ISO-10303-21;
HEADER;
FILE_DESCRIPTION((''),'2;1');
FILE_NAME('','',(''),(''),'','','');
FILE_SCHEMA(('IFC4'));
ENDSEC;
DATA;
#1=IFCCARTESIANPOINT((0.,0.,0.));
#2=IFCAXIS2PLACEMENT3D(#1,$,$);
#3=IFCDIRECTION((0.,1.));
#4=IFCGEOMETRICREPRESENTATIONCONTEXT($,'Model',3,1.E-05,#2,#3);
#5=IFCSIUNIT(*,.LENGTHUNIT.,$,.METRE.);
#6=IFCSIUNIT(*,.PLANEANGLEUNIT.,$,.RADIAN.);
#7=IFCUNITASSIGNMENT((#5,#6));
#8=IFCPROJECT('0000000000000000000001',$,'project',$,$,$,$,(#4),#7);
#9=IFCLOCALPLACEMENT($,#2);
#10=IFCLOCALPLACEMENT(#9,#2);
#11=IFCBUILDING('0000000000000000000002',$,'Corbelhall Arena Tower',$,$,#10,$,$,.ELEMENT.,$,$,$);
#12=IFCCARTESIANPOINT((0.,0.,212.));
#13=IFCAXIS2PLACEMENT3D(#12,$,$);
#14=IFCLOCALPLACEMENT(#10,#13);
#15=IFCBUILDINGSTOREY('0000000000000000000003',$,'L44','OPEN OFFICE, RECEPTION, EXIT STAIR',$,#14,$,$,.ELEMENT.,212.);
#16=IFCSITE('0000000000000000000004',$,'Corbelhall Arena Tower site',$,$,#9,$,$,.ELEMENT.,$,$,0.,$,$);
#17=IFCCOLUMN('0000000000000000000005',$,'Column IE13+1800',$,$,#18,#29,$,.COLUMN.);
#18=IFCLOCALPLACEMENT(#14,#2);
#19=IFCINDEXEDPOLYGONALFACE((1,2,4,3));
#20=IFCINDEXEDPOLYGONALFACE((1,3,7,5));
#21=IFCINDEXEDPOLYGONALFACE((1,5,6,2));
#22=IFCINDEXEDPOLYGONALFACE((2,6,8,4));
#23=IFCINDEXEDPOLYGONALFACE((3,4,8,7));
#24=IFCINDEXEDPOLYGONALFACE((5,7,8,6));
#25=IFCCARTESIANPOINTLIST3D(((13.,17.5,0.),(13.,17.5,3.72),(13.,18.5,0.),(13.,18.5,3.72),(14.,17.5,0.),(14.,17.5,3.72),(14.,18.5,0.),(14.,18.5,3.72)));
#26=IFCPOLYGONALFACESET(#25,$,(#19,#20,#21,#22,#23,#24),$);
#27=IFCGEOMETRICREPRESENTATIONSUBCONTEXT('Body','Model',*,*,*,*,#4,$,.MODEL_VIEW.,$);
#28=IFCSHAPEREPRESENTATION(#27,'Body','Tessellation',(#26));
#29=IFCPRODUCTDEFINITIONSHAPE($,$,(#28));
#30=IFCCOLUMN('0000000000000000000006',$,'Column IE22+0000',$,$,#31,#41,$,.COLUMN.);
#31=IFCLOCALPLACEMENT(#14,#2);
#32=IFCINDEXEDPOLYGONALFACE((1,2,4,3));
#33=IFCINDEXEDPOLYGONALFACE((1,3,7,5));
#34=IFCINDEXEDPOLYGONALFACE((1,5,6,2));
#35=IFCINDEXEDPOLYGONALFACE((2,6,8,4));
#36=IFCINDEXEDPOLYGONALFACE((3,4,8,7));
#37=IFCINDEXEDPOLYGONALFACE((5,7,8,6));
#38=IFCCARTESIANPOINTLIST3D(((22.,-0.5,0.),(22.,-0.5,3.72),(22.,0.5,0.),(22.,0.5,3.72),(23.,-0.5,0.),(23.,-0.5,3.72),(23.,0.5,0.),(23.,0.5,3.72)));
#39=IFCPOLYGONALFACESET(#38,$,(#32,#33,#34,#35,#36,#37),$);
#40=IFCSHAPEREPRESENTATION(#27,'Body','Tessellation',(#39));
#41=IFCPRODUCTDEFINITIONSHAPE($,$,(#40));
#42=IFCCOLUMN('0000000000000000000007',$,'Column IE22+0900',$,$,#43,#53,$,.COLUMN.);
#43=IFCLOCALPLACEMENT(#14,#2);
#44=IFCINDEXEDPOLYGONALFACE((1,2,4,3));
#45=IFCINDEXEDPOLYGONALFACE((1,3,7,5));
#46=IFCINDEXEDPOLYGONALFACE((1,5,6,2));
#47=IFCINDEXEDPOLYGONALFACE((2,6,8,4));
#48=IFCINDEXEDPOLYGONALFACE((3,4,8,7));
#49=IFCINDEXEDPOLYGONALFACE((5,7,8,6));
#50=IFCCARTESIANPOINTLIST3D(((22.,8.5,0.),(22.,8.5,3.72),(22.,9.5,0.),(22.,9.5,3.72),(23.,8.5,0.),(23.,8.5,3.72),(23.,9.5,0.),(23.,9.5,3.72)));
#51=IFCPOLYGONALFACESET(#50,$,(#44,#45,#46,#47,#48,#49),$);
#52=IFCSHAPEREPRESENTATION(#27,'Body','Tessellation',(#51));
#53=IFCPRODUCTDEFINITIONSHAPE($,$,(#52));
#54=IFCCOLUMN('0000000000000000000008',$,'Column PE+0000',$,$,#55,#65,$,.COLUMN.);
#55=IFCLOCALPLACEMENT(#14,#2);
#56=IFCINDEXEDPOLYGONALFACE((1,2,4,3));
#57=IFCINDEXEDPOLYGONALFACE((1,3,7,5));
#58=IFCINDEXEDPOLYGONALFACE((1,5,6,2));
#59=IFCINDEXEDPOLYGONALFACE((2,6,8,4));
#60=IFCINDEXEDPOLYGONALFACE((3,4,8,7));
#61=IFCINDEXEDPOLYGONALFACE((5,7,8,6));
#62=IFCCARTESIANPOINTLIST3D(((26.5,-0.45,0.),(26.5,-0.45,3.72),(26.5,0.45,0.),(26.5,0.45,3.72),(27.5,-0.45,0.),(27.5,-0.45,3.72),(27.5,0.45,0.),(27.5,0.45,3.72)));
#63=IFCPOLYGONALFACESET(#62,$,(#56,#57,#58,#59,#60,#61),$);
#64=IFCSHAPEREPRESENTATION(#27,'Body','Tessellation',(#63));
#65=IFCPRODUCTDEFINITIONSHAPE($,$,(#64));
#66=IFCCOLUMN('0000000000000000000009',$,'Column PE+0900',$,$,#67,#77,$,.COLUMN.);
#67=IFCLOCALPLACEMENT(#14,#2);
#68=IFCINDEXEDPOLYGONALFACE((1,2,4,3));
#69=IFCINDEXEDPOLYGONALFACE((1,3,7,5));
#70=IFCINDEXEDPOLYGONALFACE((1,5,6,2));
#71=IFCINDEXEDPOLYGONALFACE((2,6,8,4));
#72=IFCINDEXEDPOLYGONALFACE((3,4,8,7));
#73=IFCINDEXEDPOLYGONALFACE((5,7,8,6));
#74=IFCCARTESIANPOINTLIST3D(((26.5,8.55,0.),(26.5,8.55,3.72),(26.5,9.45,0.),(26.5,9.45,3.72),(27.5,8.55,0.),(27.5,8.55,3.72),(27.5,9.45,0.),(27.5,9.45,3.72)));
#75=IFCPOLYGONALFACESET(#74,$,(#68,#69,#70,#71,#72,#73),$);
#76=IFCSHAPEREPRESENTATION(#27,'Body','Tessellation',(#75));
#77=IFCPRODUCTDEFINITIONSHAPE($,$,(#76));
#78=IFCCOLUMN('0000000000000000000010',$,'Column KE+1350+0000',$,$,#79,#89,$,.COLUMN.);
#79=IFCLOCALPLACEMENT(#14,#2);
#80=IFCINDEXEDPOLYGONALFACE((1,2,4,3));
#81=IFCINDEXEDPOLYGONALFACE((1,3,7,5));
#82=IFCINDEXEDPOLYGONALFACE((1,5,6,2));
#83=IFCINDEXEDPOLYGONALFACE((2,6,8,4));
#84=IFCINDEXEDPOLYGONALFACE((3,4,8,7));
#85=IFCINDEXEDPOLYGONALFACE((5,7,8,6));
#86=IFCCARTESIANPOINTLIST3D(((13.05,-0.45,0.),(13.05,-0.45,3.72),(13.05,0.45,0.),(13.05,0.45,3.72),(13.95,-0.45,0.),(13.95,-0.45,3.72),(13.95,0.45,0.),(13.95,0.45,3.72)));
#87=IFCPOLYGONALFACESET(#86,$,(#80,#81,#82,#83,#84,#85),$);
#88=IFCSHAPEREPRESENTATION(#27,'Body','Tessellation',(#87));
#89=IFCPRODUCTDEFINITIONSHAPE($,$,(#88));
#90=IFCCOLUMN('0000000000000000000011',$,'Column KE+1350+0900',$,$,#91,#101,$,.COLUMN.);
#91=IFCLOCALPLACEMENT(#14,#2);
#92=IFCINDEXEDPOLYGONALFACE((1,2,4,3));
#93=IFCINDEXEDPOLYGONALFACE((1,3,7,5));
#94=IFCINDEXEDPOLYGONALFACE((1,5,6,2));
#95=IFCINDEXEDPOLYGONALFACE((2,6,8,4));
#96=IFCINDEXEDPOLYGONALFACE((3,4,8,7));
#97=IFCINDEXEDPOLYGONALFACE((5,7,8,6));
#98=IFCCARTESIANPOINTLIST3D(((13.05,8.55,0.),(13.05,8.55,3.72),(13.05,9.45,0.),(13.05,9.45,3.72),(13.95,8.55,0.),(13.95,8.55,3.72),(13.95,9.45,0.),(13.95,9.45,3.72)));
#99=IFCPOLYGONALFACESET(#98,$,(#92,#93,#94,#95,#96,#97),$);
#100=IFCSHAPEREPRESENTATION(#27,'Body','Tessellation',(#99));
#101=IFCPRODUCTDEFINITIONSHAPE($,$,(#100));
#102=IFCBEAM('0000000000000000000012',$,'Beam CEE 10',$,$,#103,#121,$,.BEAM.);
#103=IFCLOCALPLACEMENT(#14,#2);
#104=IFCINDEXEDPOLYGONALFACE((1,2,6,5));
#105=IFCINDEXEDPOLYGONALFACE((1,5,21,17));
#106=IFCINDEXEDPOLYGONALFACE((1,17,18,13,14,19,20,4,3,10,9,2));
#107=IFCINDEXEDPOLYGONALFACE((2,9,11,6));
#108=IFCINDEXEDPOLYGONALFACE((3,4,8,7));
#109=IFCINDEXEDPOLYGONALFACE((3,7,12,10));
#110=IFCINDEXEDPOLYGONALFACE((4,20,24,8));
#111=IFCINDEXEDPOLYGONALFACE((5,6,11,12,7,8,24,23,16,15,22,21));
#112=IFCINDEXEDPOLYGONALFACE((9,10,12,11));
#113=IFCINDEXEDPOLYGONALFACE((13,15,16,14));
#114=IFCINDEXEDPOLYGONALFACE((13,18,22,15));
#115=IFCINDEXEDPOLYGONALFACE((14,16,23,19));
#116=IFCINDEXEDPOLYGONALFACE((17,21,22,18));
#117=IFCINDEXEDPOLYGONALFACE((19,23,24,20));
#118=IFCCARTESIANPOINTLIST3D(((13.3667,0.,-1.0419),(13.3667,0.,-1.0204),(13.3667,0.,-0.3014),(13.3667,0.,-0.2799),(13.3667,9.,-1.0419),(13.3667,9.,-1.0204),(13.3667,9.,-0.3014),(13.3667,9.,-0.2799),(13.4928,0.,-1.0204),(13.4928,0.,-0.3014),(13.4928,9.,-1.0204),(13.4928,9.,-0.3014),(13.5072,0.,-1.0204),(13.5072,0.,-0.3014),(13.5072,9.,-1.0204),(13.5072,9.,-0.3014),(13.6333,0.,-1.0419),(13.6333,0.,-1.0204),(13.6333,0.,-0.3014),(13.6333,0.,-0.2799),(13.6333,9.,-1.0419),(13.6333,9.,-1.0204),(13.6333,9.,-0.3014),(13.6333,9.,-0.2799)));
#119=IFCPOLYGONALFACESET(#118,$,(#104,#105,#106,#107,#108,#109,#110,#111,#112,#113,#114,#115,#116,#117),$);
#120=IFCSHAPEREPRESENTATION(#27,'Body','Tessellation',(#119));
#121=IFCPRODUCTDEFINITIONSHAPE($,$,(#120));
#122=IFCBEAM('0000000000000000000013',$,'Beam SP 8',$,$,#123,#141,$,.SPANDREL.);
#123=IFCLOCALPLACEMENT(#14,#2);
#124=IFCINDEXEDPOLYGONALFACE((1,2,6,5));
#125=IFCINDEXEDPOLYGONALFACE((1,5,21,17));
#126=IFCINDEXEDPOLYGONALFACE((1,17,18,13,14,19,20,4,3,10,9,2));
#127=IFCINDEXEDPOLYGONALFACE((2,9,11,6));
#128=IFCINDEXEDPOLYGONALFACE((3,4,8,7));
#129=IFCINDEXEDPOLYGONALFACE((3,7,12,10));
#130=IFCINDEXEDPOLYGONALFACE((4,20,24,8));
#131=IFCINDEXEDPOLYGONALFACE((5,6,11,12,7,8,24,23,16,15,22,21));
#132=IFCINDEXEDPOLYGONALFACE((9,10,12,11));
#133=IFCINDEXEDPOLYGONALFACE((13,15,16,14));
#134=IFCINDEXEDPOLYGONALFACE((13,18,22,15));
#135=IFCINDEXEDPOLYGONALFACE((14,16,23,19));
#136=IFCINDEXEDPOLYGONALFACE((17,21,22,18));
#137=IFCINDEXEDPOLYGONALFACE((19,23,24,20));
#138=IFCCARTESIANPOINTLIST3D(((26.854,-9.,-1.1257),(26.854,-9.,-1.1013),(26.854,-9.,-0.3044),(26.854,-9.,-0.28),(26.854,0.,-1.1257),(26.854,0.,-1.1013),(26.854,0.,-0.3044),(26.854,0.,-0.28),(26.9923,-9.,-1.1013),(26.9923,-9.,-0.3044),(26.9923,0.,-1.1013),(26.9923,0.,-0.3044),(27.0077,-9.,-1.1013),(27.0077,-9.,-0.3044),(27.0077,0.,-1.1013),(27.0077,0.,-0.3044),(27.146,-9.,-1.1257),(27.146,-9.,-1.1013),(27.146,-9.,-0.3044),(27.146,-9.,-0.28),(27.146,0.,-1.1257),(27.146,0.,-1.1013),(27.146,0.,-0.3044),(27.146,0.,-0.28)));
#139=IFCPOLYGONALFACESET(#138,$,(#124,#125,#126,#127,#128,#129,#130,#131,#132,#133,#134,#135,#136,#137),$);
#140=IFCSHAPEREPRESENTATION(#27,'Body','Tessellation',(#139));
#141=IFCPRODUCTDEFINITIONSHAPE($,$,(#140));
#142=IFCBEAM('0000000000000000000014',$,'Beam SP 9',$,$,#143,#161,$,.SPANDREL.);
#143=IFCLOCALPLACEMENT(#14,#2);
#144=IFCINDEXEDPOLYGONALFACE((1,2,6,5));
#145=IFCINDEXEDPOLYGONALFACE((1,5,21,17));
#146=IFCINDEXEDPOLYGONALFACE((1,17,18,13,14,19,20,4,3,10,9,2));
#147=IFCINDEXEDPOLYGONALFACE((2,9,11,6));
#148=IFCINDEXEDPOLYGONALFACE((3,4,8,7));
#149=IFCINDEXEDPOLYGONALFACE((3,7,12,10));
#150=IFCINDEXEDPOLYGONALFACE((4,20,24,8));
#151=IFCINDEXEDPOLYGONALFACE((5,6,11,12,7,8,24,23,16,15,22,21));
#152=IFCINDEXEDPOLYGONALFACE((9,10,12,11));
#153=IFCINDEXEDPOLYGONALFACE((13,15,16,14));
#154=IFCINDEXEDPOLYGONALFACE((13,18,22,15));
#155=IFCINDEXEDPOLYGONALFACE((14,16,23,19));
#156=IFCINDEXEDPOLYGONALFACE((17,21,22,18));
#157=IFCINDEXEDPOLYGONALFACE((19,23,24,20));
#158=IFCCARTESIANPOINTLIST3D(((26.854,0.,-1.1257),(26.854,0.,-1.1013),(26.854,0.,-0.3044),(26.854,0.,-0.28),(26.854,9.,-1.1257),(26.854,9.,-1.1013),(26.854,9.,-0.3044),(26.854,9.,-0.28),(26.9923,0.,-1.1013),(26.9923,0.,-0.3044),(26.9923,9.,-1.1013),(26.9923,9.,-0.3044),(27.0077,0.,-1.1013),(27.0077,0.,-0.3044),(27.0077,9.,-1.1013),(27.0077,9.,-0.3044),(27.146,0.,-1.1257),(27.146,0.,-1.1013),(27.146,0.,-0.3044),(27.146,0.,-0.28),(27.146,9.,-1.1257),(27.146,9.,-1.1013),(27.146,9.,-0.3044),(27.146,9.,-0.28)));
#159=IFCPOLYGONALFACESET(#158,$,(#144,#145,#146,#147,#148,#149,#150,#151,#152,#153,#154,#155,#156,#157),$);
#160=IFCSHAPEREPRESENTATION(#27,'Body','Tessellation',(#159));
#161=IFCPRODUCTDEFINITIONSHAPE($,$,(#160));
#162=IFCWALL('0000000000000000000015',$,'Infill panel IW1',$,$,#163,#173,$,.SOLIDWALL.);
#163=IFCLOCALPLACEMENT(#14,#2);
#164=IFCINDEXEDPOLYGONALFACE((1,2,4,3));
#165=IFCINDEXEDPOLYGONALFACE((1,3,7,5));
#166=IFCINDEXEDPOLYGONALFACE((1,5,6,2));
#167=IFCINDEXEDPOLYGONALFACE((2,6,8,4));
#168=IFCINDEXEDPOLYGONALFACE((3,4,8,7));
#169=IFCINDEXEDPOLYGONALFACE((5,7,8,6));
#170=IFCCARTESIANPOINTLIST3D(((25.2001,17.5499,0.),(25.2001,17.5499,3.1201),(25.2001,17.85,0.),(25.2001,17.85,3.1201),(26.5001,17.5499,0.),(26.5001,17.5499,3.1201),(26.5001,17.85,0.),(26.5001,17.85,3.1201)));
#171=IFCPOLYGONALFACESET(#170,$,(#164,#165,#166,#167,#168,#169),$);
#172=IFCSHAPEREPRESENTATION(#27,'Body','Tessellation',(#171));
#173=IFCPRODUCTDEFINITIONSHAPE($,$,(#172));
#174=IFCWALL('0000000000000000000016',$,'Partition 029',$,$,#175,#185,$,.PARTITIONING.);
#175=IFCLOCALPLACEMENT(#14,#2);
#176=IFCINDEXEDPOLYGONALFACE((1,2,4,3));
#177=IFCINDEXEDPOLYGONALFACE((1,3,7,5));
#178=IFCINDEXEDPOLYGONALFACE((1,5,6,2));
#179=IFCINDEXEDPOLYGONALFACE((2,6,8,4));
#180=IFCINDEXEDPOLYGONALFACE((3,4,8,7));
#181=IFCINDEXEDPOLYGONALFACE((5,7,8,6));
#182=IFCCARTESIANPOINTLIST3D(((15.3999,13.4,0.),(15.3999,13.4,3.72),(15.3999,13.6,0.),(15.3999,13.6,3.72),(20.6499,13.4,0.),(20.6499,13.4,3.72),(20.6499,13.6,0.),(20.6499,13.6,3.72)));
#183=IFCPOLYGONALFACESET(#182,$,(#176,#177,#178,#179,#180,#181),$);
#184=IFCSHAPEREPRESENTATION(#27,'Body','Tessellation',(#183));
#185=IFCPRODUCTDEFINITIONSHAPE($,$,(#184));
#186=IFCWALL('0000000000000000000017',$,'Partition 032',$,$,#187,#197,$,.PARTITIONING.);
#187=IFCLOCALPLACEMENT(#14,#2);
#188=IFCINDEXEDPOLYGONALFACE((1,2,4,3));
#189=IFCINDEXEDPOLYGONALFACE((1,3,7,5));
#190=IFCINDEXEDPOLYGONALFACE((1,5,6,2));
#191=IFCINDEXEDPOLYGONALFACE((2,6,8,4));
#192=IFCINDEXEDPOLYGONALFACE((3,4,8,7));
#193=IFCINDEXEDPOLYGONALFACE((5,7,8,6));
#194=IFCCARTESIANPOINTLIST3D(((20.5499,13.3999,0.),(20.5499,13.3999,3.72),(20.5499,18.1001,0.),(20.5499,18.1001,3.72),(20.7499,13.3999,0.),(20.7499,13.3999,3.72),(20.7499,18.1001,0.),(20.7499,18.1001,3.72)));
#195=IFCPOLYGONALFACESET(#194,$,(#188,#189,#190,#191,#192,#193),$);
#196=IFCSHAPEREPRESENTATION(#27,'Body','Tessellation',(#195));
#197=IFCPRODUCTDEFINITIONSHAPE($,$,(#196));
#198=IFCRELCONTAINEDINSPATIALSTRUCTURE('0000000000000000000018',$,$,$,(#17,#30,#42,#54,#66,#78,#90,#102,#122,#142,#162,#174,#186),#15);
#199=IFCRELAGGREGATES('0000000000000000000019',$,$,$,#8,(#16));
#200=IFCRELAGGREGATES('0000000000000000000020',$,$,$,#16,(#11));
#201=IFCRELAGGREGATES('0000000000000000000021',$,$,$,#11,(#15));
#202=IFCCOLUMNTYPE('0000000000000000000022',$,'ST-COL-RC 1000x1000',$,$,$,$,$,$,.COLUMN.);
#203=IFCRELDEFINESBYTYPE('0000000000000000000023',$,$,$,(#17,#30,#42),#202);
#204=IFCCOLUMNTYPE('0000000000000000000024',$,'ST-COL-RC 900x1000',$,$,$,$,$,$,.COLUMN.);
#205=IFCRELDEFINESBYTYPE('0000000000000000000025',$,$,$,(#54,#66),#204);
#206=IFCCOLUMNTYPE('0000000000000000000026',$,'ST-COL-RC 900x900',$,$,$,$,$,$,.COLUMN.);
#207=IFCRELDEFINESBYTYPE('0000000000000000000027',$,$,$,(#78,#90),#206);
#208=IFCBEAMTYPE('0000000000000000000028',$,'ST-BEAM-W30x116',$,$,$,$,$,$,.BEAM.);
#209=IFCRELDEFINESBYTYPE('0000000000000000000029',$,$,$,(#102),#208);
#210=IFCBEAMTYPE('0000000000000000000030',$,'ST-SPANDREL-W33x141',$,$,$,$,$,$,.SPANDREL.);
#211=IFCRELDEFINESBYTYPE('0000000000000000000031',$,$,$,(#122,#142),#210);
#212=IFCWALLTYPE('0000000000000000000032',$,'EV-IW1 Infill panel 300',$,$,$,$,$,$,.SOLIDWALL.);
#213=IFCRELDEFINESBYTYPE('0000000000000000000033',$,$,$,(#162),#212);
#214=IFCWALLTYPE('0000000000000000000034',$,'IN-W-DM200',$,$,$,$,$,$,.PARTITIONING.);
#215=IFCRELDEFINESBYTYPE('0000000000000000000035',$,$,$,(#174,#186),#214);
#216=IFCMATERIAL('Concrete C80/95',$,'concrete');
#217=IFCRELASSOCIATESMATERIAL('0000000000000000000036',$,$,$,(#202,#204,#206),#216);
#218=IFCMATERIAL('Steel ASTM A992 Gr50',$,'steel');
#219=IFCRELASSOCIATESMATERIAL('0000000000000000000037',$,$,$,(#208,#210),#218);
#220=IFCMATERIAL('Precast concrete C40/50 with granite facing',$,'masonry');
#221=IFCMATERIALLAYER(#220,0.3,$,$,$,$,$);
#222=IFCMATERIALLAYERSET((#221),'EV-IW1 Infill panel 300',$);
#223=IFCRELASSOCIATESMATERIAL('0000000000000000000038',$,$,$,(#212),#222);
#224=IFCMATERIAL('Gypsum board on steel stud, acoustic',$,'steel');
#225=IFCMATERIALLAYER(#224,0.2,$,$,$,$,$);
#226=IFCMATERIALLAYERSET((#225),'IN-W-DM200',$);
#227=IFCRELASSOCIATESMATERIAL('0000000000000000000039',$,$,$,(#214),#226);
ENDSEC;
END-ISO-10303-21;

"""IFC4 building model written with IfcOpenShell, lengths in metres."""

from ifc_helpers import new_model, si_unit, direction, frame, frame_2d, origin, origin_2d, place, context, subcontext, project, spatial, rectangle, i_section, extrude, material, layer, layer_set, material_profile, profile_set, type_object, element, save


model = new_model("IFC4")

# Units and contexts
model_context = context("Model", 3, precision=1e-05, world=origin(), true_north=direction((0.0, 1.0)))
body_context = subcontext(model_context, "Body", "Model", "MODEL_VIEW")
ifc_project = project(units=[si_unit("LENGTHUNIT", "METRE"), si_unit("PLANEANGLEUNIT", "RADIAN")], contexts=[model_context])

# Site, building, storey
site_placement = place(None, origin())
site = spatial("IfcSite", under=ifc_project, at=site_placement, Name="Corbelhall Arena Tower site", CompositionType="ELEMENT", RefElevation=0.0)
building_placement = place(site_placement, origin())
building = spatial("IfcBuilding", under=site, at=building_placement, Name="Corbelhall Arena Tower", CompositionType="ELEMENT")
storey_placement = place(building_placement, frame((0.0, 0.0, 212.0)))
storey = spatial("IfcBuildingStorey", under=building, at=storey_placement, Name="L44", Description="OPEN OFFICE, RECEPTION, EXIT STAIR", CompositionType="ELEMENT", Elevation=212.0)

# Columns
ifc_material_1 = material(Name="Concrete C80/95", Category="concrete")
ifc_material_profile_1 = material_profile(ifc_material_1, rectangle(XDim=1.0, YDim=1.0, at=origin_2d()))
ifc_profile_set_1 = profile_set([ifc_material_profile_1], Name="Concrete C80/95")
column_type_1 = type_object("IfcColumnType", Name="ST-COL-RC 1000x1000", PredefinedType="COLUMN", material=ifc_profile_set_1)
for number, where, z_axis, x_axis, name in (
    (1, (13.5, 18.0, 0.0), (0.0, 0.0, 1.0), (1.0, 0.0, 0.0), "Column IE13+1800"),
    (2, (22.5, 0.0, 0.0), (0.0, 0.0, 1.0), (1.0, 0.0, 0.0), "Column IE22+0000"),
    (3, (22.5, 9.0, 0.0), (0.0, 0.0, 1.0), (1.0, 0.0, 0.0), "Column IE22+0900"),
):
    element("IfcColumn", number, at=place(storey_placement, frame(where, z_axis=z_axis, x_axis=x_axis)), inside=storey, type_object=column_type_1, Name=name, PredefinedType="COLUMN", context=body_context, shape_type="SweptSolid", body=[
        extrude(rectangle(XDim=1.0, YDim=1.0, at=origin_2d()), origin(), (0.0, 0.0, 1.0), 3.72),
    ])
ifc_material_profile_2 = material_profile(ifc_material_1, rectangle(XDim=0.8999, YDim=1.0, at=origin_2d()))
ifc_profile_set_2 = profile_set([ifc_material_profile_2], Name="Concrete C80/95")
column_type_2 = type_object("IfcColumnType", Name="ST-COL-RC 900x1000", PredefinedType="COLUMN", material=ifc_profile_set_2)
for number, where, z_axis, x_axis, name in (
    (4, (27.0, 0.0, 0.0), (0.0, 0.0, 1.0), (0.0, 1.0, 0.0), "Column PE+0000"),
    (5, (27.0, 9.0, 0.0), (0.0, 0.0, 1.0), (0.0, 1.0, 0.0), "Column PE+0900"),
):
    element("IfcColumn", number, at=place(storey_placement, frame(where, z_axis=z_axis, x_axis=x_axis)), inside=storey, type_object=column_type_2, Name=name, PredefinedType="COLUMN", context=body_context, shape_type="SweptSolid", body=[
        extrude(rectangle(XDim=0.8999, YDim=1.0, at=origin_2d()), origin(), (0.0, 0.0, 1.0), 3.72),
    ])
ifc_material_profile_3 = material_profile(ifc_material_1, rectangle(XDim=0.8999, YDim=0.8999, at=origin_2d()))
ifc_profile_set_3 = profile_set([ifc_material_profile_3], Name="Concrete C80/95")
column_type_3 = type_object("IfcColumnType", Name="ST-COL-RC 900x900", PredefinedType="COLUMN", material=ifc_profile_set_3)
for number, where, z_axis, x_axis, name in (
    (6, (13.5, 0.0, 0.0), (0.0, 0.0, 1.0), (1.0, 0.0, 0.0), "Column KE+1350+0000"),
    (7, (13.5, 9.0, 0.0), (0.0, 0.0, 1.0), (1.0, 0.0, 0.0), "Column KE+1350+0900"),
):
    element("IfcColumn", number, at=place(storey_placement, frame(where, z_axis=z_axis, x_axis=x_axis)), inside=storey, type_object=column_type_3, Name=name, PredefinedType="COLUMN", context=body_context, shape_type="SweptSolid", body=[
        extrude(rectangle(XDim=0.8999, YDim=0.8999, at=origin_2d()), origin(), (0.0, 0.0, 1.0), 3.72),
    ])

# Beams
ifc_material_2 = material(Name="Steel ASTM A992 Gr50", Category="steel")
ifc_material_profile_4 = material_profile(ifc_material_2, i_section(OverallWidth=0.2666, OverallDepth=0.762, WebThickness=0.0144, FlangeThickness=0.0215, at=origin_2d()))
ifc_profile_set_4 = profile_set([ifc_material_profile_4], Name="Steel ASTM A992 Gr50")
beam_type_1 = type_object("IfcBeamType", Name="ST-BEAM-W30x116", PredefinedType="BEAM", material=ifc_profile_set_4)
beam_placement = place(storey_placement, frame((13.5, 0.0, -0.6609), z_axis=(0.0, 1.0, 0.0), x_axis=(-1.0, 0.0, 0.0)))
element("IfcBeam", 8, at=beam_placement, inside=storey, type_object=beam_type_1, Name="Beam CEE 10", PredefinedType="BEAM", context=body_context, shape_type="SweptSolid", body=[
    extrude(i_section(OverallWidth=0.2666, OverallDepth=0.762, WebThickness=0.0144, FlangeThickness=0.0215, at=origin_2d()), origin(), (0.0, 0.0, 1.0), 9.0),
])
ifc_material_profile_5 = material_profile(ifc_material_2, i_section(OverallWidth=0.292, OverallDepth=0.8457, WebThickness=0.0154, FlangeThickness=0.0244, at=origin_2d()))
ifc_profile_set_5 = profile_set([ifc_material_profile_5], Name="Steel ASTM A992 Gr50")
beam_type_2 = type_object("IfcBeamType", Name="ST-SPANDREL-W33x141", PredefinedType="SPANDREL", material=ifc_profile_set_5)
for number, where, z_axis, x_axis, name in (
    (9, (27.0, 0.0, -0.7029), (0.0, -1.0, 0.0), (1.0, 0.0, 0.0), "Beam SP 8"),
    (10, (27.0, 9.0, -0.7029), (0.0, -1.0, 0.0), (1.0, 0.0, 0.0), "Beam SP 9"),
):
    element("IfcBeam", number, at=place(storey_placement, frame(where, z_axis=z_axis, x_axis=x_axis)), inside=storey, type_object=beam_type_2, Name=name, PredefinedType="SPANDREL", context=body_context, shape_type="SweptSolid", body=[
        extrude(i_section(OverallWidth=0.292, OverallDepth=0.8457, WebThickness=0.0154, FlangeThickness=0.0244, at=origin_2d()), origin(), (0.0, 0.0, 1.0), 9.0),
    ])

# Shared definitions
ifc_material_3 = material(Name="Precast concrete C40/50 with granite facing", Category="masonry")
ifc_layer_1 = layer(ifc_material_3, 0.3)
ifc_layer_set_1 = layer_set([ifc_layer_1], Name="EV-IW1 Infill panel 300")
wall_type_1 = type_object("IfcWallType", Name="EV-IW1 Infill panel 300", PredefinedType="SOLIDWALL", material=ifc_layer_set_1)

# Wall
wall_1_placement = place(storey_placement, frame((26.5, 17.7, 0.0), z_axis=(0.0, 0.0, 1.0), x_axis=(-1.0, 0.0, 0.0)))
element("IfcWall", 11, at=wall_1_placement, inside=storey, type_object=wall_type_1, Name="Infill panel IW1", PredefinedType="SOLIDWALL", context=body_context, shape_type="SweptSolid", body=[
    extrude(rectangle(XDim=1.3, YDim=0.3, at=frame_2d((0.6499, 0.0))), origin(), (0.0, 0.0, 1.0), 3.1201),
])

# Shared definitions
ifc_material_4 = material(Name="Gypsum board on steel stud, acoustic", Category="steel")
ifc_layer_2 = layer(ifc_material_4, 0.2)
ifc_layer_set_2 = layer_set([ifc_layer_2], Name="IN-W-DM200")
wall_type_2 = type_object("IfcWallType", Name="IN-W-DM200", PredefinedType="PARTITIONING", material=ifc_layer_set_2)

# Walls
wall_2_placement = place(storey_placement, frame((15.3999, 13.5, 0.0), z_axis=(0.0, 0.0, 1.0), x_axis=(1.0, 0.0, 0.0)))
element("IfcWall", 12, at=wall_2_placement, inside=storey, type_object=wall_type_2, Name="Partition 029", PredefinedType="PARTITIONING", context=body_context, shape_type="SweptSolid", body=[
    extrude(rectangle(XDim=5.25, YDim=0.2, at=frame_2d((2.625, 0.0))), origin(), (0.0, 0.0, 1.0), 3.72),
])
wall_3_placement = place(storey_placement, frame((20.6499, 13.3999, 0.0), z_axis=(0.0, 0.0, 1.0), x_axis=(0.0, 1.0, 0.0)))
element("IfcWall", 13, at=wall_3_placement, inside=storey, type_object=wall_type_2, Name="Partition 032", PredefinedType="PARTITIONING", context=body_context, shape_type="SweptSolid", body=[
    extrude(rectangle(XDim=4.7002, YDim=0.2, at=frame_2d((2.3501, 0.0))), origin(), (0.0, 0.0, 1.0), 3.72),
])

save(model, "model.ifc")
